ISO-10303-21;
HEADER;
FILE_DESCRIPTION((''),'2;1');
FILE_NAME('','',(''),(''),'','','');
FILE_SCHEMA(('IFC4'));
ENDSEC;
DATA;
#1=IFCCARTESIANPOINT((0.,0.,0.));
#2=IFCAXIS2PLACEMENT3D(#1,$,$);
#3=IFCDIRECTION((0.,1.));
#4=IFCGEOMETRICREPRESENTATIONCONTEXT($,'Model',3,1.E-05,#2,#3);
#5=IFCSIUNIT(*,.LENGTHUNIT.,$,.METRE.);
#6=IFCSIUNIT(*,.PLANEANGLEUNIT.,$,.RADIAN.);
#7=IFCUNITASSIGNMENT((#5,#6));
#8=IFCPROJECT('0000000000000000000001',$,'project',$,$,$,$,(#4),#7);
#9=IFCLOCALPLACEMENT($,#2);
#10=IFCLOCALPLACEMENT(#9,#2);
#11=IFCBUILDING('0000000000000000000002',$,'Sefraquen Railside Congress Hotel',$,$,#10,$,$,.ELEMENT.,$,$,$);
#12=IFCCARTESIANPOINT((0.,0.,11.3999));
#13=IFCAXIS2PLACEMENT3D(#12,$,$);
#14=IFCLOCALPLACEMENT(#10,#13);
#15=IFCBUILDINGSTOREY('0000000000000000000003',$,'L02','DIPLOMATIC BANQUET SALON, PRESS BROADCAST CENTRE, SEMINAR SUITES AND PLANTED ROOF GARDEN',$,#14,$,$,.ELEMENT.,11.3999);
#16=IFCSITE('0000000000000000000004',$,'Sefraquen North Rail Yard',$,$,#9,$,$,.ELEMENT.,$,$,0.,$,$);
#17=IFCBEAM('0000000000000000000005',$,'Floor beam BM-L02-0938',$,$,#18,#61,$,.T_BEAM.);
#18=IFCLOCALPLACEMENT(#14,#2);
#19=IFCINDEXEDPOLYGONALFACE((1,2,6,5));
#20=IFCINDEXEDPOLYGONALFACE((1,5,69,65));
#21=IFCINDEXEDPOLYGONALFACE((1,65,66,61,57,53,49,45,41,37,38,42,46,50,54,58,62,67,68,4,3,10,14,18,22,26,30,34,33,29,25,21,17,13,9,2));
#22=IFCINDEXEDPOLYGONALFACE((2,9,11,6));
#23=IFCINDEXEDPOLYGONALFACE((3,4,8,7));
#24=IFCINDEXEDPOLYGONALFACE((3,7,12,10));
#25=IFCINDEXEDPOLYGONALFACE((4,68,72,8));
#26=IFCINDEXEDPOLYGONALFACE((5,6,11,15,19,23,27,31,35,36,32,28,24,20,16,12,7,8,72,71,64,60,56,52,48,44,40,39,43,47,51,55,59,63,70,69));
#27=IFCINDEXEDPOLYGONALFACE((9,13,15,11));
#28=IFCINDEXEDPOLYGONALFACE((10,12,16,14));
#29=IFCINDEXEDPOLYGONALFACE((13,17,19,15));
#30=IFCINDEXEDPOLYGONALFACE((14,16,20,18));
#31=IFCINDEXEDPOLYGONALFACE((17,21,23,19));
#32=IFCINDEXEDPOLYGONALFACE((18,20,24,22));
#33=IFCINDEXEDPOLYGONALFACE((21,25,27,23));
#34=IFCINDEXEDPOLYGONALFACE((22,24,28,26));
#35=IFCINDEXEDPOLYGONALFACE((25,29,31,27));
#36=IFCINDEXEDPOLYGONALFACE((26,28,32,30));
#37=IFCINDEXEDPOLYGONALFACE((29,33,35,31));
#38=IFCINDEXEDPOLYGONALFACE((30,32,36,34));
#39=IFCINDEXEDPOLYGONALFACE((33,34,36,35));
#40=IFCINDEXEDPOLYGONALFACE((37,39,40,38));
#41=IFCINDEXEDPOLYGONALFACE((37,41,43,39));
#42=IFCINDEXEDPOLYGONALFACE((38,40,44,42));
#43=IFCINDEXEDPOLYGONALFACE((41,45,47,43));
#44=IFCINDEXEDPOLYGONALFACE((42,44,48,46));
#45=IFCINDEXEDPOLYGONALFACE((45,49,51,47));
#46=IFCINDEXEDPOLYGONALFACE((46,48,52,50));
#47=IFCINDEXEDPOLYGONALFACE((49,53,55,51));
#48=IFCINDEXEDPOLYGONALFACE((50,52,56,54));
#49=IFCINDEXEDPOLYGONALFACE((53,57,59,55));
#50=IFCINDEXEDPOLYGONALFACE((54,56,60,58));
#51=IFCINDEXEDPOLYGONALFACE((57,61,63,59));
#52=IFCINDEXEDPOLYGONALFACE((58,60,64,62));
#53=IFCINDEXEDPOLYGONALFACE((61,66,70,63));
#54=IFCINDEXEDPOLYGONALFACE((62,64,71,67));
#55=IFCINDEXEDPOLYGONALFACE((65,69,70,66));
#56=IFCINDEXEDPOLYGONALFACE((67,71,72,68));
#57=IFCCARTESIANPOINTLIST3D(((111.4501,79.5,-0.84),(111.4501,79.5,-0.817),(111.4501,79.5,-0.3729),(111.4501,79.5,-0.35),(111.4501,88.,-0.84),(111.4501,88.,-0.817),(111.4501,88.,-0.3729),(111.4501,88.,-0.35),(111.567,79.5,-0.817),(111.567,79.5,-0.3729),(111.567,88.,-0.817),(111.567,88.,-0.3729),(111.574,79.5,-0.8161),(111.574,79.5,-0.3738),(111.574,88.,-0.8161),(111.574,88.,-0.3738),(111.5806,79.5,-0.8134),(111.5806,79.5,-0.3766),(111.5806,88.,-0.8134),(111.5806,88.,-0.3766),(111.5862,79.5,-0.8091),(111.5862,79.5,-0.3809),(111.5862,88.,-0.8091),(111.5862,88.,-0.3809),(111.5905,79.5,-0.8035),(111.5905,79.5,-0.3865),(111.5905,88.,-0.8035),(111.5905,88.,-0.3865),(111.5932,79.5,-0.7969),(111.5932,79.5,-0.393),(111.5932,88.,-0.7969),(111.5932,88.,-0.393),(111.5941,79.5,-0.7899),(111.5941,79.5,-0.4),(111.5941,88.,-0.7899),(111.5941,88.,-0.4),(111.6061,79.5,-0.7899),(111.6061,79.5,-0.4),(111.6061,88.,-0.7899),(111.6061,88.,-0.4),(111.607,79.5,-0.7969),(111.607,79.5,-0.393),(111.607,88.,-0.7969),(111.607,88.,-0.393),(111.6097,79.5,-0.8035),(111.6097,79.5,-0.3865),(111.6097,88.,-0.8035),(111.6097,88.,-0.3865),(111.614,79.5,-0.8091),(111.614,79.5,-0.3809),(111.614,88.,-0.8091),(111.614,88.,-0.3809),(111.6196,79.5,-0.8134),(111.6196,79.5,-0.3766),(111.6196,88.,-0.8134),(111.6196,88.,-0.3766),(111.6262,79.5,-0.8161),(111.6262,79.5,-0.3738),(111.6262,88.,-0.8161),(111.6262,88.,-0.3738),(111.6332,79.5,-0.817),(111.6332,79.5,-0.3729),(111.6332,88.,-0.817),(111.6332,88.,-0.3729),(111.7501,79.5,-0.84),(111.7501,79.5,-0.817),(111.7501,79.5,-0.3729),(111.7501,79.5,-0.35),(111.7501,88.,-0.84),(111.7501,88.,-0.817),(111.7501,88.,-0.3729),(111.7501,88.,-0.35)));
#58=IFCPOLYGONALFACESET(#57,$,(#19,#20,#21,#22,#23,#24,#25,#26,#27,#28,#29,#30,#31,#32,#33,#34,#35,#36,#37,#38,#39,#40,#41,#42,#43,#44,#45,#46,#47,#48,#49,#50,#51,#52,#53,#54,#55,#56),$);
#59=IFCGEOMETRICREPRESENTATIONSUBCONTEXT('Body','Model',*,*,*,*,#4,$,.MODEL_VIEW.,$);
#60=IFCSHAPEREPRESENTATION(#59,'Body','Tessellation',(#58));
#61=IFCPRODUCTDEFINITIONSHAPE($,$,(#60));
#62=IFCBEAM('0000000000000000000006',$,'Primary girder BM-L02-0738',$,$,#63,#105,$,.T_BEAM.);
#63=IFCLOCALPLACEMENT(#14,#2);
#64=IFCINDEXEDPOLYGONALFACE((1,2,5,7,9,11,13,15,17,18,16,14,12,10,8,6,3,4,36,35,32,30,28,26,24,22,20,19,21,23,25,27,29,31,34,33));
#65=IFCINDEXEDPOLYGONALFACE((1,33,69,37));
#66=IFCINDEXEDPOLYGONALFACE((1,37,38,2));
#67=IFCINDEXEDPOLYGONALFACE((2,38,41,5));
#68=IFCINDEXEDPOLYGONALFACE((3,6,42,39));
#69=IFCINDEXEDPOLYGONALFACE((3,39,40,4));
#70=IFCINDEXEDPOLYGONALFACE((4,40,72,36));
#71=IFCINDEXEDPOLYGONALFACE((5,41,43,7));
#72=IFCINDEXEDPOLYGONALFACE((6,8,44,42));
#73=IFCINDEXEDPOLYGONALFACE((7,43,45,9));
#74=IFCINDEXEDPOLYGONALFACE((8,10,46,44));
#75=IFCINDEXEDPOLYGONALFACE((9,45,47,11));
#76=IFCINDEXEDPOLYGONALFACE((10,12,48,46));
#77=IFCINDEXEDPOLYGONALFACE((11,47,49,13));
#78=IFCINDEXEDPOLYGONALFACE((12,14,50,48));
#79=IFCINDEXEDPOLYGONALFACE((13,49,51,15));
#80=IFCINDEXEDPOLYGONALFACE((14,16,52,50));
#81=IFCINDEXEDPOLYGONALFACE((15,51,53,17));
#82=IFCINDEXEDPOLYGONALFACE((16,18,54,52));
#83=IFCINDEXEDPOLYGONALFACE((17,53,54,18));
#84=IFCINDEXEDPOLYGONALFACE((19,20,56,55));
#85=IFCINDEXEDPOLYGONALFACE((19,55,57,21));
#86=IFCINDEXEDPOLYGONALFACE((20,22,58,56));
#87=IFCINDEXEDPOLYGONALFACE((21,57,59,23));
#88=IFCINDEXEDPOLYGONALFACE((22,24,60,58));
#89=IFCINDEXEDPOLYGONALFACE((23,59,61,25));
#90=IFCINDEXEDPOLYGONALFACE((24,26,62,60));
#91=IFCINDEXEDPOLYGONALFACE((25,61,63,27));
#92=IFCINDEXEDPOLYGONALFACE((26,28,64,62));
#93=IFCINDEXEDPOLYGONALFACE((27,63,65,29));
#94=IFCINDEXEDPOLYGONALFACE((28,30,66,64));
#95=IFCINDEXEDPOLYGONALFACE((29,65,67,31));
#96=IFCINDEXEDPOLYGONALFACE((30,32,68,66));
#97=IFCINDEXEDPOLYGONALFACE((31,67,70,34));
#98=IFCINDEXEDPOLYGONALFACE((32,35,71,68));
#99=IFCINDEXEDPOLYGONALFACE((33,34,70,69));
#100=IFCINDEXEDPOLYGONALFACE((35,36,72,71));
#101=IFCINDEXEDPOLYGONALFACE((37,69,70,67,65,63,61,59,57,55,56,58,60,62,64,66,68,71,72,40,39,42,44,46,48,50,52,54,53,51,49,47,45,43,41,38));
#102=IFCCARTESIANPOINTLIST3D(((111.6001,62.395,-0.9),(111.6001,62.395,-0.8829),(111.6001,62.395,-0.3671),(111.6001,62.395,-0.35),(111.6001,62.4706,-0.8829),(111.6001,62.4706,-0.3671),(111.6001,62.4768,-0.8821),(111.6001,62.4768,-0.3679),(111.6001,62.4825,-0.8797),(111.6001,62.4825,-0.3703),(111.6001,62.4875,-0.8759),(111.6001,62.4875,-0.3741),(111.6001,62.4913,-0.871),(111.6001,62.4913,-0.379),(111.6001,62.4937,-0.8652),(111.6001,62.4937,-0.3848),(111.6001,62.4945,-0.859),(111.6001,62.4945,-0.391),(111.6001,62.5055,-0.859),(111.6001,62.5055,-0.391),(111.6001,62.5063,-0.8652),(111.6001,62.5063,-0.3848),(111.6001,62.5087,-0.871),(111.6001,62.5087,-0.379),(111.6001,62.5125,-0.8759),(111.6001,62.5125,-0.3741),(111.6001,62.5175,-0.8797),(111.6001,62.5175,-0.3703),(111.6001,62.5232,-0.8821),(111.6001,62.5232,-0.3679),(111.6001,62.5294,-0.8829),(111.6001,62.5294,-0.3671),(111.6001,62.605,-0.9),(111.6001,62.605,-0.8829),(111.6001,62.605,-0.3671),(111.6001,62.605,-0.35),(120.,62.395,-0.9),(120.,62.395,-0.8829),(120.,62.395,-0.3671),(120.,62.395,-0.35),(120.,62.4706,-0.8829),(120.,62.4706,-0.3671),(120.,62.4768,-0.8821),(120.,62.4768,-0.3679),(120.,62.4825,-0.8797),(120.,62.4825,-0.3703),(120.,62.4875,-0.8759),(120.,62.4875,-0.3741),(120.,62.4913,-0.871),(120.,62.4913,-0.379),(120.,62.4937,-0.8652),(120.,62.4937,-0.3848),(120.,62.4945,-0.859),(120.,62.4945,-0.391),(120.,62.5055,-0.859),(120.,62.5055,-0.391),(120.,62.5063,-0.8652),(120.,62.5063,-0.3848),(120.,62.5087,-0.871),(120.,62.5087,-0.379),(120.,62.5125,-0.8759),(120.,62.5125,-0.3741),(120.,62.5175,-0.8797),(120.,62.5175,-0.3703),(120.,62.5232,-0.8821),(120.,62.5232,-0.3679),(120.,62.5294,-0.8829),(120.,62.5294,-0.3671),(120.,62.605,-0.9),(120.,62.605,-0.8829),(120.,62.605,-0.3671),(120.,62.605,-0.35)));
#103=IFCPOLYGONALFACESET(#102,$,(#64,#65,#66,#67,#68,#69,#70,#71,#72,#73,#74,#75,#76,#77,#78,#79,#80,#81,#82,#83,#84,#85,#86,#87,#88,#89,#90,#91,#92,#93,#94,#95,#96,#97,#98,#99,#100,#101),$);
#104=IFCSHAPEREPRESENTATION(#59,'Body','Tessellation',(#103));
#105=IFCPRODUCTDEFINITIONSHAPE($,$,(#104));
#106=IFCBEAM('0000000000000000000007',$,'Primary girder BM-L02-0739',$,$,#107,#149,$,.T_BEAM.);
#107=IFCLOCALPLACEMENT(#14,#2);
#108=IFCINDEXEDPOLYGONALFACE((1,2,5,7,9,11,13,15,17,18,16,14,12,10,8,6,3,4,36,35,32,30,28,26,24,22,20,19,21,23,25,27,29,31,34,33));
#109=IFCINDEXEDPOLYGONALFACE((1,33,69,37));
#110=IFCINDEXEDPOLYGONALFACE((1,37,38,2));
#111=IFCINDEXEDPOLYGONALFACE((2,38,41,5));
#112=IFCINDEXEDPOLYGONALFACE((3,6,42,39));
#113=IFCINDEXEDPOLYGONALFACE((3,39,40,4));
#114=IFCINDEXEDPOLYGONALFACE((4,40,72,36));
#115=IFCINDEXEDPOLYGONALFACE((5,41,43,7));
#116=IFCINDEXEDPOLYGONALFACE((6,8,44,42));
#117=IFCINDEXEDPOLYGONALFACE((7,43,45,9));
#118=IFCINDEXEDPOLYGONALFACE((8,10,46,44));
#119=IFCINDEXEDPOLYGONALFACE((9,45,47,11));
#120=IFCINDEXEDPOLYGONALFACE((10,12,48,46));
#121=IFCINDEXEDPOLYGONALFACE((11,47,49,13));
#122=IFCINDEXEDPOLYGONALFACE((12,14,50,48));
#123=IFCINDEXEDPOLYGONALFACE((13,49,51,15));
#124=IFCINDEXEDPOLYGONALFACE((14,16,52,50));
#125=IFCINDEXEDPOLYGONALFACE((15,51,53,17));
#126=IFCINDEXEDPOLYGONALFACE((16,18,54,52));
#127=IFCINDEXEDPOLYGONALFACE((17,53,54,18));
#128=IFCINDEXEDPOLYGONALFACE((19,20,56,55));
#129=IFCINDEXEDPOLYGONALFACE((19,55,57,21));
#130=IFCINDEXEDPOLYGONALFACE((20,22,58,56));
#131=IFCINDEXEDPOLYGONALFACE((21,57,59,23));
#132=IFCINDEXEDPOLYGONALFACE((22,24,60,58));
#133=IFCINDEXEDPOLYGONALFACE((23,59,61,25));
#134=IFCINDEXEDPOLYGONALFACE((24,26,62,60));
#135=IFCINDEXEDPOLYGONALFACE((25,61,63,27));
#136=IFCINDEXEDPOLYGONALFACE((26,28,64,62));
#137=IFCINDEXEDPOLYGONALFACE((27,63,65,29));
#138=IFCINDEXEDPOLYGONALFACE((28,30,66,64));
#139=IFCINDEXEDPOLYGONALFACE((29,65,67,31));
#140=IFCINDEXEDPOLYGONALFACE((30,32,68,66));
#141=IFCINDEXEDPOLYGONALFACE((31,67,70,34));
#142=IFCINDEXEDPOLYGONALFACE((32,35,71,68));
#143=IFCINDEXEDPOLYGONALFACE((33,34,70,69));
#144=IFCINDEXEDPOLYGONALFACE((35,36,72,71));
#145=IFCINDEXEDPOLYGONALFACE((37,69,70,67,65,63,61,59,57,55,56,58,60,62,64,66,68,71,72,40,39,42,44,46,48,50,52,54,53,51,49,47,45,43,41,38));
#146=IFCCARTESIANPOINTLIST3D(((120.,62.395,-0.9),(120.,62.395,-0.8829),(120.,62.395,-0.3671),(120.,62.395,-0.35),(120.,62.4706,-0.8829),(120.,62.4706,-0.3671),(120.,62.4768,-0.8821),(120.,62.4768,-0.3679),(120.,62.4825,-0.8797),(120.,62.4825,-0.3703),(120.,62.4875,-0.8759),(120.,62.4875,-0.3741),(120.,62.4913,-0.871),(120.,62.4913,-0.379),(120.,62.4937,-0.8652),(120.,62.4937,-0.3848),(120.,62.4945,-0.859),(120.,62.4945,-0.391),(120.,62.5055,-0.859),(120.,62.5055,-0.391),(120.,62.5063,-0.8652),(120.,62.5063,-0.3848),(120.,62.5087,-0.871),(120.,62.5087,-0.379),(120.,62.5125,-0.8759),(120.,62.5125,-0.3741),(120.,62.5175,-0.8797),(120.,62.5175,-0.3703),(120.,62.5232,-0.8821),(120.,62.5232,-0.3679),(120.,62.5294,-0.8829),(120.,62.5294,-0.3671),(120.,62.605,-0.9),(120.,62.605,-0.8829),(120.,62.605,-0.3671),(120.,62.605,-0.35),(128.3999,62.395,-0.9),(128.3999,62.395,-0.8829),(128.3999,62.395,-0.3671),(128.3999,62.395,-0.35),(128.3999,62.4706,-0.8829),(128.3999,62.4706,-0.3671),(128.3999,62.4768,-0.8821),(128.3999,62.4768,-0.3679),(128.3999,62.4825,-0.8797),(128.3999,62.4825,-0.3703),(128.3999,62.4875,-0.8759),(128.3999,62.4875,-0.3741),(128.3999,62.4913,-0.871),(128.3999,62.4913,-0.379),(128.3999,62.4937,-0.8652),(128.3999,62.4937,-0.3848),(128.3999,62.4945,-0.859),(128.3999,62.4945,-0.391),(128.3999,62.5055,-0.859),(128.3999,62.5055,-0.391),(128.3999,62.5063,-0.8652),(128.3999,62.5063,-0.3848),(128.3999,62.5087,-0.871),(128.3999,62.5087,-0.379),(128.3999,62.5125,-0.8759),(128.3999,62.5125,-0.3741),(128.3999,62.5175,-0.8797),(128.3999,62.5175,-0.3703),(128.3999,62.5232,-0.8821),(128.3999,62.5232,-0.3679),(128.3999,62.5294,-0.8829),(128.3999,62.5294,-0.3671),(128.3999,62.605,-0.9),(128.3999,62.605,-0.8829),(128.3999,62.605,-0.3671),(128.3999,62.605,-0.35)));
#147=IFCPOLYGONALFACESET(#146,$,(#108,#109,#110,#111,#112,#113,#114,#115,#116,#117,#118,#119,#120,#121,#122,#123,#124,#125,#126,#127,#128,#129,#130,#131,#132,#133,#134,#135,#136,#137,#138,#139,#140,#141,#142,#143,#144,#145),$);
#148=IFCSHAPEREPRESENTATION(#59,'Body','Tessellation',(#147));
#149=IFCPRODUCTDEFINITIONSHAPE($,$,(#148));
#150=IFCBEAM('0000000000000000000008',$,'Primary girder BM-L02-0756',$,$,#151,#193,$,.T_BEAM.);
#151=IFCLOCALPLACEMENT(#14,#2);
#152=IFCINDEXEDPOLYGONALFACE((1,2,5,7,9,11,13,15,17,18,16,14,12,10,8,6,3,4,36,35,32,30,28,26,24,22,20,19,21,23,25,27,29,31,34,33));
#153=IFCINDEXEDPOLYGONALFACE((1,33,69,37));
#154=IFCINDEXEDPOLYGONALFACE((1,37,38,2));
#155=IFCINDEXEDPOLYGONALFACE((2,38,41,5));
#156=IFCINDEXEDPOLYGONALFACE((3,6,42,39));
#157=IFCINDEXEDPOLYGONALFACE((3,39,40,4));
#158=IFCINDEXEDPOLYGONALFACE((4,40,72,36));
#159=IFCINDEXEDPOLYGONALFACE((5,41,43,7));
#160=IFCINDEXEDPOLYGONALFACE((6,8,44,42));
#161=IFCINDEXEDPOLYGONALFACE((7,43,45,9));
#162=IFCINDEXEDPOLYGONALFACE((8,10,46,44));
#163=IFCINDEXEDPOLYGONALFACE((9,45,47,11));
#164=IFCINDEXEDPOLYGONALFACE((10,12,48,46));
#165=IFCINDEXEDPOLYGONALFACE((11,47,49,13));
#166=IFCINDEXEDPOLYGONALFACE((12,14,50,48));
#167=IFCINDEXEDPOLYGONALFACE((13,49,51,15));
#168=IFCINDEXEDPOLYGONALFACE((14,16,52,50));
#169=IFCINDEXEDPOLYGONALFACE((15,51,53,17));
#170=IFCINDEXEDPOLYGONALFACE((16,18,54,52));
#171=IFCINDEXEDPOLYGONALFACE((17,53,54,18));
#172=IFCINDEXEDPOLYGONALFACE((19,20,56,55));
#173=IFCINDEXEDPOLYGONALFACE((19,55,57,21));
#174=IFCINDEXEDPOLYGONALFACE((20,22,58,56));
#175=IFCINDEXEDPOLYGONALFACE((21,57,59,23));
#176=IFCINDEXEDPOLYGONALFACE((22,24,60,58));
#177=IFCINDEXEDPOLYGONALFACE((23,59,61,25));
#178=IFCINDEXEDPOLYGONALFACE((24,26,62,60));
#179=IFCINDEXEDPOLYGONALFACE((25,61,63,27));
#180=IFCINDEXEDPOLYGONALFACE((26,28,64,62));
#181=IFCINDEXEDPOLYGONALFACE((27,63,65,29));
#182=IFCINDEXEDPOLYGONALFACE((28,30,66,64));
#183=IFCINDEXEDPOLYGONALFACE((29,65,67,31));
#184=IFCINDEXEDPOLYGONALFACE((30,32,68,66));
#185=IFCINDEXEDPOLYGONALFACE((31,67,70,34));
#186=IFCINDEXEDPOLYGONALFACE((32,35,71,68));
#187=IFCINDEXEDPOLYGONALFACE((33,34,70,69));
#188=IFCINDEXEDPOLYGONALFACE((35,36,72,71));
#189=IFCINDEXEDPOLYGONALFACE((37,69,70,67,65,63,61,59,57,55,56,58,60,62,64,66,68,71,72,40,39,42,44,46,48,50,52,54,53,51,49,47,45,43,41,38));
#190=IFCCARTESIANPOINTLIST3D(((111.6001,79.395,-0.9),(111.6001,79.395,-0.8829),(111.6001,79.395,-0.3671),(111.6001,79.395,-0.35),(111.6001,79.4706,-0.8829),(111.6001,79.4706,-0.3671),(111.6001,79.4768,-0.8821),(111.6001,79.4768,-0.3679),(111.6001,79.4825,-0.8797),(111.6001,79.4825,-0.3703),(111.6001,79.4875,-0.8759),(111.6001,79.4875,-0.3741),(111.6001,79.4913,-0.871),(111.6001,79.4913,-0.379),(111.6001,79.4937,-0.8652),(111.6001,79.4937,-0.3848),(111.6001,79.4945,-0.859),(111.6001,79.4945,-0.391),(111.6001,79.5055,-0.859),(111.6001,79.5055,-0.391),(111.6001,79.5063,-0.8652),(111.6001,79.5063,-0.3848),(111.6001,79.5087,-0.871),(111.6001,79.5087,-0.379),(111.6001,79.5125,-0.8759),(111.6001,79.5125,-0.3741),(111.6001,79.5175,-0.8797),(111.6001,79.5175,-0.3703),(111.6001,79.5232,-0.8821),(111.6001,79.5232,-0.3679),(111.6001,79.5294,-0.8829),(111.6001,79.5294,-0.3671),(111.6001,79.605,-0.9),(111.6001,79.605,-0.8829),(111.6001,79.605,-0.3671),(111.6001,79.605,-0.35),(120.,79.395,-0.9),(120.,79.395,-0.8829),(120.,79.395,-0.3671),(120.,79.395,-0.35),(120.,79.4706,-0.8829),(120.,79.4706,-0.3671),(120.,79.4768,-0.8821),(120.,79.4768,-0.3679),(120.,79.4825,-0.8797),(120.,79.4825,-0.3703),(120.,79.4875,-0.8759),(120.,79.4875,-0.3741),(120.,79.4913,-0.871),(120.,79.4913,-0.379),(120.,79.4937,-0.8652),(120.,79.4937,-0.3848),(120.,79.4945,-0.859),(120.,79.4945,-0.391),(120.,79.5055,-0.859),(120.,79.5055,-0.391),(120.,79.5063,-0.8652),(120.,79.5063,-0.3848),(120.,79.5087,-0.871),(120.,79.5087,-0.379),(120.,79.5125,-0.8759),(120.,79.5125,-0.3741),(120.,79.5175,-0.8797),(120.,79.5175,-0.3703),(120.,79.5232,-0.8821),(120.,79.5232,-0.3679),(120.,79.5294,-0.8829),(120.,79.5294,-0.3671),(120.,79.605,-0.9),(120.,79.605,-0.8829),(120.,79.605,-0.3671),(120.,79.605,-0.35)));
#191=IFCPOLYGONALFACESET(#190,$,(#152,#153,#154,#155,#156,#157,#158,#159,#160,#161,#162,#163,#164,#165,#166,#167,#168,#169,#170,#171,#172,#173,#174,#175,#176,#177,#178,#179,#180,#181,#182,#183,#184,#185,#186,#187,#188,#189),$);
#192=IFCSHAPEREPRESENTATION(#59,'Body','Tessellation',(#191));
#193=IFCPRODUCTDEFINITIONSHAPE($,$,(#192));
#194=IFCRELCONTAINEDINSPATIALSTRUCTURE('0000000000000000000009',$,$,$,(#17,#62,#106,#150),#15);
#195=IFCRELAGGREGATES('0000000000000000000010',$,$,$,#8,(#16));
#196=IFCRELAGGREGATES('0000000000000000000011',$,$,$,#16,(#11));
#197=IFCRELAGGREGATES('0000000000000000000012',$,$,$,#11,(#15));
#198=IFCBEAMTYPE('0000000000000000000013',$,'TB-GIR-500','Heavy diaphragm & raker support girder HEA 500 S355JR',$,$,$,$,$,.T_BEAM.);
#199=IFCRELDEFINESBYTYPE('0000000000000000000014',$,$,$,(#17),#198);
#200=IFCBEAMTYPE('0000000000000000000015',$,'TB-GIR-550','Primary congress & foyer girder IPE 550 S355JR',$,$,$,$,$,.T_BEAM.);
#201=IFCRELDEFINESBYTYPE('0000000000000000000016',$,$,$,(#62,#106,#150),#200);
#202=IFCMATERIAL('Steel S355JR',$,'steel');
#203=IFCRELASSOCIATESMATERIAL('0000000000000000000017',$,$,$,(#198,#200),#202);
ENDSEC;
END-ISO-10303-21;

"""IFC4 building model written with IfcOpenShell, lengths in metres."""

from ifc_helpers import new_model, si_unit, direction, frame, origin, origin_2d, place, context, subcontext, project, spatial, i_section, extrude, material, material_profile, profile_set, type_object, element, save


model = new_model("IFC4")

# Units and contexts
model_context = context("Model", 3, precision=1e-05, world=origin(), true_north=direction((0.0, 1.0)))
body_context = subcontext(model_context, "Body", "Model", "MODEL_VIEW")
ifc_project = project(units=[si_unit("LENGTHUNIT", "METRE"), si_unit("PLANEANGLEUNIT", "RADIAN")], contexts=[model_context])

# Site, building, storey
site_placement = place(None, origin())
site = spatial("IfcSite", under=ifc_project, at=site_placement, Name="Sefraquen North Rail Yard", CompositionType="ELEMENT", RefElevation=0.0)
building_placement = place(site_placement, origin())
building = spatial("IfcBuilding", under=site, at=building_placement, Name="Sefraquen Railside Congress Hotel", CompositionType="ELEMENT")
storey_placement = place(building_placement, frame((0.0, 0.0, 11.3999)))
storey = spatial("IfcBuildingStorey", under=building, at=storey_placement, Name="L02", Description="DIPLOMATIC BANQUET SALON, PRESS BROADCAST CENTRE, SEMINAR SUITES AND PLANTED ROOF GARDEN", CompositionType="ELEMENT", Elevation=11.3999)

# Shared definitions
ifc_material_1 = material(Name="Steel S355JR", Category="steel")

# Beams
ifc_material_profile_1 = material_profile(ifc_material_1, i_section(OverallWidth=0.3, OverallDepth=0.49, WebThickness=0.012, FlangeThickness=0.0229, FilletRadius=0.0271, at=origin_2d()), Name="HEA 500")
ifc_profile_set_1 = profile_set([ifc_material_profile_1], Name="Steel S355JR")
beam_type_1 = type_object("IfcBeamType", Name="TB-GIR-500", Description="Heavy diaphragm & raker support girder HEA 500 S355JR", PredefinedType="T_BEAM", material=ifc_profile_set_1)
for number, where, z_axis, x_axis, name in (
    (1, (111.6001, 79.5, -0.595), (0.0, 1.0, 0.0), (-1.0, 0.0, 0.0), "Floor beam BM-L02-0938"),
):
    element("IfcBeam", number, at=place(storey_placement, frame(where, z_axis=z_axis, x_axis=x_axis)), inside=storey, type_object=beam_type_1, Name=name, PredefinedType="T_BEAM", context=body_context, shape_type="SweptSolid", body=[
        extrude(i_section(OverallWidth=0.3, OverallDepth=0.49, WebThickness=0.012, FlangeThickness=0.0229, FilletRadius=0.0271, at=origin_2d()), origin(), (0.0, 0.0, 1.0), 8.5),
    ])
ifc_material_profile_2 = material_profile(ifc_material_1, i_section(OverallWidth=0.21, OverallDepth=0.55, WebThickness=0.011, FlangeThickness=0.0171, FilletRadius=0.0239, at=origin_2d()), Name="IPE 550")
ifc_profile_set_2 = profile_set([ifc_material_profile_2], Name="Steel S355JR")
beam_type_2 = type_object("IfcBeamType", Name="TB-GIR-550", Description="Primary congress & foyer girder IPE 550 S355JR", PredefinedType="T_BEAM", material=ifc_profile_set_2)
for number, where, z_axis, x_axis, name in (
    (2, (111.6001, 62.5, -0.625), (1.0, 0.0, 0.0), (0.0, 1.0, 0.0), "Primary girder BM-L02-0738"),
    (3, (120.0, 62.5, -0.625), (1.0, 0.0, 0.0), (0.0, 1.0, 0.0), "Primary girder BM-L02-0739"),
    (4, (111.6001, 79.5, -0.625), (1.0, 0.0, 0.0), (0.0, 1.0, 0.0), "Primary girder BM-L02-0756"),
):
    element("IfcBeam", number, at=place(storey_placement, frame(where, z_axis=z_axis, x_axis=x_axis)), inside=storey, type_object=beam_type_2, Name=name, PredefinedType="T_BEAM", context=body_context, shape_type="SweptSolid", body=[
        extrude(i_section(OverallWidth=0.21, OverallDepth=0.55, WebThickness=0.011, FlangeThickness=0.0171, FilletRadius=0.0239, at=origin_2d()), origin(), (0.0, 0.0, 1.0), 8.3999),
    ])

save(model, "model.ifc")
